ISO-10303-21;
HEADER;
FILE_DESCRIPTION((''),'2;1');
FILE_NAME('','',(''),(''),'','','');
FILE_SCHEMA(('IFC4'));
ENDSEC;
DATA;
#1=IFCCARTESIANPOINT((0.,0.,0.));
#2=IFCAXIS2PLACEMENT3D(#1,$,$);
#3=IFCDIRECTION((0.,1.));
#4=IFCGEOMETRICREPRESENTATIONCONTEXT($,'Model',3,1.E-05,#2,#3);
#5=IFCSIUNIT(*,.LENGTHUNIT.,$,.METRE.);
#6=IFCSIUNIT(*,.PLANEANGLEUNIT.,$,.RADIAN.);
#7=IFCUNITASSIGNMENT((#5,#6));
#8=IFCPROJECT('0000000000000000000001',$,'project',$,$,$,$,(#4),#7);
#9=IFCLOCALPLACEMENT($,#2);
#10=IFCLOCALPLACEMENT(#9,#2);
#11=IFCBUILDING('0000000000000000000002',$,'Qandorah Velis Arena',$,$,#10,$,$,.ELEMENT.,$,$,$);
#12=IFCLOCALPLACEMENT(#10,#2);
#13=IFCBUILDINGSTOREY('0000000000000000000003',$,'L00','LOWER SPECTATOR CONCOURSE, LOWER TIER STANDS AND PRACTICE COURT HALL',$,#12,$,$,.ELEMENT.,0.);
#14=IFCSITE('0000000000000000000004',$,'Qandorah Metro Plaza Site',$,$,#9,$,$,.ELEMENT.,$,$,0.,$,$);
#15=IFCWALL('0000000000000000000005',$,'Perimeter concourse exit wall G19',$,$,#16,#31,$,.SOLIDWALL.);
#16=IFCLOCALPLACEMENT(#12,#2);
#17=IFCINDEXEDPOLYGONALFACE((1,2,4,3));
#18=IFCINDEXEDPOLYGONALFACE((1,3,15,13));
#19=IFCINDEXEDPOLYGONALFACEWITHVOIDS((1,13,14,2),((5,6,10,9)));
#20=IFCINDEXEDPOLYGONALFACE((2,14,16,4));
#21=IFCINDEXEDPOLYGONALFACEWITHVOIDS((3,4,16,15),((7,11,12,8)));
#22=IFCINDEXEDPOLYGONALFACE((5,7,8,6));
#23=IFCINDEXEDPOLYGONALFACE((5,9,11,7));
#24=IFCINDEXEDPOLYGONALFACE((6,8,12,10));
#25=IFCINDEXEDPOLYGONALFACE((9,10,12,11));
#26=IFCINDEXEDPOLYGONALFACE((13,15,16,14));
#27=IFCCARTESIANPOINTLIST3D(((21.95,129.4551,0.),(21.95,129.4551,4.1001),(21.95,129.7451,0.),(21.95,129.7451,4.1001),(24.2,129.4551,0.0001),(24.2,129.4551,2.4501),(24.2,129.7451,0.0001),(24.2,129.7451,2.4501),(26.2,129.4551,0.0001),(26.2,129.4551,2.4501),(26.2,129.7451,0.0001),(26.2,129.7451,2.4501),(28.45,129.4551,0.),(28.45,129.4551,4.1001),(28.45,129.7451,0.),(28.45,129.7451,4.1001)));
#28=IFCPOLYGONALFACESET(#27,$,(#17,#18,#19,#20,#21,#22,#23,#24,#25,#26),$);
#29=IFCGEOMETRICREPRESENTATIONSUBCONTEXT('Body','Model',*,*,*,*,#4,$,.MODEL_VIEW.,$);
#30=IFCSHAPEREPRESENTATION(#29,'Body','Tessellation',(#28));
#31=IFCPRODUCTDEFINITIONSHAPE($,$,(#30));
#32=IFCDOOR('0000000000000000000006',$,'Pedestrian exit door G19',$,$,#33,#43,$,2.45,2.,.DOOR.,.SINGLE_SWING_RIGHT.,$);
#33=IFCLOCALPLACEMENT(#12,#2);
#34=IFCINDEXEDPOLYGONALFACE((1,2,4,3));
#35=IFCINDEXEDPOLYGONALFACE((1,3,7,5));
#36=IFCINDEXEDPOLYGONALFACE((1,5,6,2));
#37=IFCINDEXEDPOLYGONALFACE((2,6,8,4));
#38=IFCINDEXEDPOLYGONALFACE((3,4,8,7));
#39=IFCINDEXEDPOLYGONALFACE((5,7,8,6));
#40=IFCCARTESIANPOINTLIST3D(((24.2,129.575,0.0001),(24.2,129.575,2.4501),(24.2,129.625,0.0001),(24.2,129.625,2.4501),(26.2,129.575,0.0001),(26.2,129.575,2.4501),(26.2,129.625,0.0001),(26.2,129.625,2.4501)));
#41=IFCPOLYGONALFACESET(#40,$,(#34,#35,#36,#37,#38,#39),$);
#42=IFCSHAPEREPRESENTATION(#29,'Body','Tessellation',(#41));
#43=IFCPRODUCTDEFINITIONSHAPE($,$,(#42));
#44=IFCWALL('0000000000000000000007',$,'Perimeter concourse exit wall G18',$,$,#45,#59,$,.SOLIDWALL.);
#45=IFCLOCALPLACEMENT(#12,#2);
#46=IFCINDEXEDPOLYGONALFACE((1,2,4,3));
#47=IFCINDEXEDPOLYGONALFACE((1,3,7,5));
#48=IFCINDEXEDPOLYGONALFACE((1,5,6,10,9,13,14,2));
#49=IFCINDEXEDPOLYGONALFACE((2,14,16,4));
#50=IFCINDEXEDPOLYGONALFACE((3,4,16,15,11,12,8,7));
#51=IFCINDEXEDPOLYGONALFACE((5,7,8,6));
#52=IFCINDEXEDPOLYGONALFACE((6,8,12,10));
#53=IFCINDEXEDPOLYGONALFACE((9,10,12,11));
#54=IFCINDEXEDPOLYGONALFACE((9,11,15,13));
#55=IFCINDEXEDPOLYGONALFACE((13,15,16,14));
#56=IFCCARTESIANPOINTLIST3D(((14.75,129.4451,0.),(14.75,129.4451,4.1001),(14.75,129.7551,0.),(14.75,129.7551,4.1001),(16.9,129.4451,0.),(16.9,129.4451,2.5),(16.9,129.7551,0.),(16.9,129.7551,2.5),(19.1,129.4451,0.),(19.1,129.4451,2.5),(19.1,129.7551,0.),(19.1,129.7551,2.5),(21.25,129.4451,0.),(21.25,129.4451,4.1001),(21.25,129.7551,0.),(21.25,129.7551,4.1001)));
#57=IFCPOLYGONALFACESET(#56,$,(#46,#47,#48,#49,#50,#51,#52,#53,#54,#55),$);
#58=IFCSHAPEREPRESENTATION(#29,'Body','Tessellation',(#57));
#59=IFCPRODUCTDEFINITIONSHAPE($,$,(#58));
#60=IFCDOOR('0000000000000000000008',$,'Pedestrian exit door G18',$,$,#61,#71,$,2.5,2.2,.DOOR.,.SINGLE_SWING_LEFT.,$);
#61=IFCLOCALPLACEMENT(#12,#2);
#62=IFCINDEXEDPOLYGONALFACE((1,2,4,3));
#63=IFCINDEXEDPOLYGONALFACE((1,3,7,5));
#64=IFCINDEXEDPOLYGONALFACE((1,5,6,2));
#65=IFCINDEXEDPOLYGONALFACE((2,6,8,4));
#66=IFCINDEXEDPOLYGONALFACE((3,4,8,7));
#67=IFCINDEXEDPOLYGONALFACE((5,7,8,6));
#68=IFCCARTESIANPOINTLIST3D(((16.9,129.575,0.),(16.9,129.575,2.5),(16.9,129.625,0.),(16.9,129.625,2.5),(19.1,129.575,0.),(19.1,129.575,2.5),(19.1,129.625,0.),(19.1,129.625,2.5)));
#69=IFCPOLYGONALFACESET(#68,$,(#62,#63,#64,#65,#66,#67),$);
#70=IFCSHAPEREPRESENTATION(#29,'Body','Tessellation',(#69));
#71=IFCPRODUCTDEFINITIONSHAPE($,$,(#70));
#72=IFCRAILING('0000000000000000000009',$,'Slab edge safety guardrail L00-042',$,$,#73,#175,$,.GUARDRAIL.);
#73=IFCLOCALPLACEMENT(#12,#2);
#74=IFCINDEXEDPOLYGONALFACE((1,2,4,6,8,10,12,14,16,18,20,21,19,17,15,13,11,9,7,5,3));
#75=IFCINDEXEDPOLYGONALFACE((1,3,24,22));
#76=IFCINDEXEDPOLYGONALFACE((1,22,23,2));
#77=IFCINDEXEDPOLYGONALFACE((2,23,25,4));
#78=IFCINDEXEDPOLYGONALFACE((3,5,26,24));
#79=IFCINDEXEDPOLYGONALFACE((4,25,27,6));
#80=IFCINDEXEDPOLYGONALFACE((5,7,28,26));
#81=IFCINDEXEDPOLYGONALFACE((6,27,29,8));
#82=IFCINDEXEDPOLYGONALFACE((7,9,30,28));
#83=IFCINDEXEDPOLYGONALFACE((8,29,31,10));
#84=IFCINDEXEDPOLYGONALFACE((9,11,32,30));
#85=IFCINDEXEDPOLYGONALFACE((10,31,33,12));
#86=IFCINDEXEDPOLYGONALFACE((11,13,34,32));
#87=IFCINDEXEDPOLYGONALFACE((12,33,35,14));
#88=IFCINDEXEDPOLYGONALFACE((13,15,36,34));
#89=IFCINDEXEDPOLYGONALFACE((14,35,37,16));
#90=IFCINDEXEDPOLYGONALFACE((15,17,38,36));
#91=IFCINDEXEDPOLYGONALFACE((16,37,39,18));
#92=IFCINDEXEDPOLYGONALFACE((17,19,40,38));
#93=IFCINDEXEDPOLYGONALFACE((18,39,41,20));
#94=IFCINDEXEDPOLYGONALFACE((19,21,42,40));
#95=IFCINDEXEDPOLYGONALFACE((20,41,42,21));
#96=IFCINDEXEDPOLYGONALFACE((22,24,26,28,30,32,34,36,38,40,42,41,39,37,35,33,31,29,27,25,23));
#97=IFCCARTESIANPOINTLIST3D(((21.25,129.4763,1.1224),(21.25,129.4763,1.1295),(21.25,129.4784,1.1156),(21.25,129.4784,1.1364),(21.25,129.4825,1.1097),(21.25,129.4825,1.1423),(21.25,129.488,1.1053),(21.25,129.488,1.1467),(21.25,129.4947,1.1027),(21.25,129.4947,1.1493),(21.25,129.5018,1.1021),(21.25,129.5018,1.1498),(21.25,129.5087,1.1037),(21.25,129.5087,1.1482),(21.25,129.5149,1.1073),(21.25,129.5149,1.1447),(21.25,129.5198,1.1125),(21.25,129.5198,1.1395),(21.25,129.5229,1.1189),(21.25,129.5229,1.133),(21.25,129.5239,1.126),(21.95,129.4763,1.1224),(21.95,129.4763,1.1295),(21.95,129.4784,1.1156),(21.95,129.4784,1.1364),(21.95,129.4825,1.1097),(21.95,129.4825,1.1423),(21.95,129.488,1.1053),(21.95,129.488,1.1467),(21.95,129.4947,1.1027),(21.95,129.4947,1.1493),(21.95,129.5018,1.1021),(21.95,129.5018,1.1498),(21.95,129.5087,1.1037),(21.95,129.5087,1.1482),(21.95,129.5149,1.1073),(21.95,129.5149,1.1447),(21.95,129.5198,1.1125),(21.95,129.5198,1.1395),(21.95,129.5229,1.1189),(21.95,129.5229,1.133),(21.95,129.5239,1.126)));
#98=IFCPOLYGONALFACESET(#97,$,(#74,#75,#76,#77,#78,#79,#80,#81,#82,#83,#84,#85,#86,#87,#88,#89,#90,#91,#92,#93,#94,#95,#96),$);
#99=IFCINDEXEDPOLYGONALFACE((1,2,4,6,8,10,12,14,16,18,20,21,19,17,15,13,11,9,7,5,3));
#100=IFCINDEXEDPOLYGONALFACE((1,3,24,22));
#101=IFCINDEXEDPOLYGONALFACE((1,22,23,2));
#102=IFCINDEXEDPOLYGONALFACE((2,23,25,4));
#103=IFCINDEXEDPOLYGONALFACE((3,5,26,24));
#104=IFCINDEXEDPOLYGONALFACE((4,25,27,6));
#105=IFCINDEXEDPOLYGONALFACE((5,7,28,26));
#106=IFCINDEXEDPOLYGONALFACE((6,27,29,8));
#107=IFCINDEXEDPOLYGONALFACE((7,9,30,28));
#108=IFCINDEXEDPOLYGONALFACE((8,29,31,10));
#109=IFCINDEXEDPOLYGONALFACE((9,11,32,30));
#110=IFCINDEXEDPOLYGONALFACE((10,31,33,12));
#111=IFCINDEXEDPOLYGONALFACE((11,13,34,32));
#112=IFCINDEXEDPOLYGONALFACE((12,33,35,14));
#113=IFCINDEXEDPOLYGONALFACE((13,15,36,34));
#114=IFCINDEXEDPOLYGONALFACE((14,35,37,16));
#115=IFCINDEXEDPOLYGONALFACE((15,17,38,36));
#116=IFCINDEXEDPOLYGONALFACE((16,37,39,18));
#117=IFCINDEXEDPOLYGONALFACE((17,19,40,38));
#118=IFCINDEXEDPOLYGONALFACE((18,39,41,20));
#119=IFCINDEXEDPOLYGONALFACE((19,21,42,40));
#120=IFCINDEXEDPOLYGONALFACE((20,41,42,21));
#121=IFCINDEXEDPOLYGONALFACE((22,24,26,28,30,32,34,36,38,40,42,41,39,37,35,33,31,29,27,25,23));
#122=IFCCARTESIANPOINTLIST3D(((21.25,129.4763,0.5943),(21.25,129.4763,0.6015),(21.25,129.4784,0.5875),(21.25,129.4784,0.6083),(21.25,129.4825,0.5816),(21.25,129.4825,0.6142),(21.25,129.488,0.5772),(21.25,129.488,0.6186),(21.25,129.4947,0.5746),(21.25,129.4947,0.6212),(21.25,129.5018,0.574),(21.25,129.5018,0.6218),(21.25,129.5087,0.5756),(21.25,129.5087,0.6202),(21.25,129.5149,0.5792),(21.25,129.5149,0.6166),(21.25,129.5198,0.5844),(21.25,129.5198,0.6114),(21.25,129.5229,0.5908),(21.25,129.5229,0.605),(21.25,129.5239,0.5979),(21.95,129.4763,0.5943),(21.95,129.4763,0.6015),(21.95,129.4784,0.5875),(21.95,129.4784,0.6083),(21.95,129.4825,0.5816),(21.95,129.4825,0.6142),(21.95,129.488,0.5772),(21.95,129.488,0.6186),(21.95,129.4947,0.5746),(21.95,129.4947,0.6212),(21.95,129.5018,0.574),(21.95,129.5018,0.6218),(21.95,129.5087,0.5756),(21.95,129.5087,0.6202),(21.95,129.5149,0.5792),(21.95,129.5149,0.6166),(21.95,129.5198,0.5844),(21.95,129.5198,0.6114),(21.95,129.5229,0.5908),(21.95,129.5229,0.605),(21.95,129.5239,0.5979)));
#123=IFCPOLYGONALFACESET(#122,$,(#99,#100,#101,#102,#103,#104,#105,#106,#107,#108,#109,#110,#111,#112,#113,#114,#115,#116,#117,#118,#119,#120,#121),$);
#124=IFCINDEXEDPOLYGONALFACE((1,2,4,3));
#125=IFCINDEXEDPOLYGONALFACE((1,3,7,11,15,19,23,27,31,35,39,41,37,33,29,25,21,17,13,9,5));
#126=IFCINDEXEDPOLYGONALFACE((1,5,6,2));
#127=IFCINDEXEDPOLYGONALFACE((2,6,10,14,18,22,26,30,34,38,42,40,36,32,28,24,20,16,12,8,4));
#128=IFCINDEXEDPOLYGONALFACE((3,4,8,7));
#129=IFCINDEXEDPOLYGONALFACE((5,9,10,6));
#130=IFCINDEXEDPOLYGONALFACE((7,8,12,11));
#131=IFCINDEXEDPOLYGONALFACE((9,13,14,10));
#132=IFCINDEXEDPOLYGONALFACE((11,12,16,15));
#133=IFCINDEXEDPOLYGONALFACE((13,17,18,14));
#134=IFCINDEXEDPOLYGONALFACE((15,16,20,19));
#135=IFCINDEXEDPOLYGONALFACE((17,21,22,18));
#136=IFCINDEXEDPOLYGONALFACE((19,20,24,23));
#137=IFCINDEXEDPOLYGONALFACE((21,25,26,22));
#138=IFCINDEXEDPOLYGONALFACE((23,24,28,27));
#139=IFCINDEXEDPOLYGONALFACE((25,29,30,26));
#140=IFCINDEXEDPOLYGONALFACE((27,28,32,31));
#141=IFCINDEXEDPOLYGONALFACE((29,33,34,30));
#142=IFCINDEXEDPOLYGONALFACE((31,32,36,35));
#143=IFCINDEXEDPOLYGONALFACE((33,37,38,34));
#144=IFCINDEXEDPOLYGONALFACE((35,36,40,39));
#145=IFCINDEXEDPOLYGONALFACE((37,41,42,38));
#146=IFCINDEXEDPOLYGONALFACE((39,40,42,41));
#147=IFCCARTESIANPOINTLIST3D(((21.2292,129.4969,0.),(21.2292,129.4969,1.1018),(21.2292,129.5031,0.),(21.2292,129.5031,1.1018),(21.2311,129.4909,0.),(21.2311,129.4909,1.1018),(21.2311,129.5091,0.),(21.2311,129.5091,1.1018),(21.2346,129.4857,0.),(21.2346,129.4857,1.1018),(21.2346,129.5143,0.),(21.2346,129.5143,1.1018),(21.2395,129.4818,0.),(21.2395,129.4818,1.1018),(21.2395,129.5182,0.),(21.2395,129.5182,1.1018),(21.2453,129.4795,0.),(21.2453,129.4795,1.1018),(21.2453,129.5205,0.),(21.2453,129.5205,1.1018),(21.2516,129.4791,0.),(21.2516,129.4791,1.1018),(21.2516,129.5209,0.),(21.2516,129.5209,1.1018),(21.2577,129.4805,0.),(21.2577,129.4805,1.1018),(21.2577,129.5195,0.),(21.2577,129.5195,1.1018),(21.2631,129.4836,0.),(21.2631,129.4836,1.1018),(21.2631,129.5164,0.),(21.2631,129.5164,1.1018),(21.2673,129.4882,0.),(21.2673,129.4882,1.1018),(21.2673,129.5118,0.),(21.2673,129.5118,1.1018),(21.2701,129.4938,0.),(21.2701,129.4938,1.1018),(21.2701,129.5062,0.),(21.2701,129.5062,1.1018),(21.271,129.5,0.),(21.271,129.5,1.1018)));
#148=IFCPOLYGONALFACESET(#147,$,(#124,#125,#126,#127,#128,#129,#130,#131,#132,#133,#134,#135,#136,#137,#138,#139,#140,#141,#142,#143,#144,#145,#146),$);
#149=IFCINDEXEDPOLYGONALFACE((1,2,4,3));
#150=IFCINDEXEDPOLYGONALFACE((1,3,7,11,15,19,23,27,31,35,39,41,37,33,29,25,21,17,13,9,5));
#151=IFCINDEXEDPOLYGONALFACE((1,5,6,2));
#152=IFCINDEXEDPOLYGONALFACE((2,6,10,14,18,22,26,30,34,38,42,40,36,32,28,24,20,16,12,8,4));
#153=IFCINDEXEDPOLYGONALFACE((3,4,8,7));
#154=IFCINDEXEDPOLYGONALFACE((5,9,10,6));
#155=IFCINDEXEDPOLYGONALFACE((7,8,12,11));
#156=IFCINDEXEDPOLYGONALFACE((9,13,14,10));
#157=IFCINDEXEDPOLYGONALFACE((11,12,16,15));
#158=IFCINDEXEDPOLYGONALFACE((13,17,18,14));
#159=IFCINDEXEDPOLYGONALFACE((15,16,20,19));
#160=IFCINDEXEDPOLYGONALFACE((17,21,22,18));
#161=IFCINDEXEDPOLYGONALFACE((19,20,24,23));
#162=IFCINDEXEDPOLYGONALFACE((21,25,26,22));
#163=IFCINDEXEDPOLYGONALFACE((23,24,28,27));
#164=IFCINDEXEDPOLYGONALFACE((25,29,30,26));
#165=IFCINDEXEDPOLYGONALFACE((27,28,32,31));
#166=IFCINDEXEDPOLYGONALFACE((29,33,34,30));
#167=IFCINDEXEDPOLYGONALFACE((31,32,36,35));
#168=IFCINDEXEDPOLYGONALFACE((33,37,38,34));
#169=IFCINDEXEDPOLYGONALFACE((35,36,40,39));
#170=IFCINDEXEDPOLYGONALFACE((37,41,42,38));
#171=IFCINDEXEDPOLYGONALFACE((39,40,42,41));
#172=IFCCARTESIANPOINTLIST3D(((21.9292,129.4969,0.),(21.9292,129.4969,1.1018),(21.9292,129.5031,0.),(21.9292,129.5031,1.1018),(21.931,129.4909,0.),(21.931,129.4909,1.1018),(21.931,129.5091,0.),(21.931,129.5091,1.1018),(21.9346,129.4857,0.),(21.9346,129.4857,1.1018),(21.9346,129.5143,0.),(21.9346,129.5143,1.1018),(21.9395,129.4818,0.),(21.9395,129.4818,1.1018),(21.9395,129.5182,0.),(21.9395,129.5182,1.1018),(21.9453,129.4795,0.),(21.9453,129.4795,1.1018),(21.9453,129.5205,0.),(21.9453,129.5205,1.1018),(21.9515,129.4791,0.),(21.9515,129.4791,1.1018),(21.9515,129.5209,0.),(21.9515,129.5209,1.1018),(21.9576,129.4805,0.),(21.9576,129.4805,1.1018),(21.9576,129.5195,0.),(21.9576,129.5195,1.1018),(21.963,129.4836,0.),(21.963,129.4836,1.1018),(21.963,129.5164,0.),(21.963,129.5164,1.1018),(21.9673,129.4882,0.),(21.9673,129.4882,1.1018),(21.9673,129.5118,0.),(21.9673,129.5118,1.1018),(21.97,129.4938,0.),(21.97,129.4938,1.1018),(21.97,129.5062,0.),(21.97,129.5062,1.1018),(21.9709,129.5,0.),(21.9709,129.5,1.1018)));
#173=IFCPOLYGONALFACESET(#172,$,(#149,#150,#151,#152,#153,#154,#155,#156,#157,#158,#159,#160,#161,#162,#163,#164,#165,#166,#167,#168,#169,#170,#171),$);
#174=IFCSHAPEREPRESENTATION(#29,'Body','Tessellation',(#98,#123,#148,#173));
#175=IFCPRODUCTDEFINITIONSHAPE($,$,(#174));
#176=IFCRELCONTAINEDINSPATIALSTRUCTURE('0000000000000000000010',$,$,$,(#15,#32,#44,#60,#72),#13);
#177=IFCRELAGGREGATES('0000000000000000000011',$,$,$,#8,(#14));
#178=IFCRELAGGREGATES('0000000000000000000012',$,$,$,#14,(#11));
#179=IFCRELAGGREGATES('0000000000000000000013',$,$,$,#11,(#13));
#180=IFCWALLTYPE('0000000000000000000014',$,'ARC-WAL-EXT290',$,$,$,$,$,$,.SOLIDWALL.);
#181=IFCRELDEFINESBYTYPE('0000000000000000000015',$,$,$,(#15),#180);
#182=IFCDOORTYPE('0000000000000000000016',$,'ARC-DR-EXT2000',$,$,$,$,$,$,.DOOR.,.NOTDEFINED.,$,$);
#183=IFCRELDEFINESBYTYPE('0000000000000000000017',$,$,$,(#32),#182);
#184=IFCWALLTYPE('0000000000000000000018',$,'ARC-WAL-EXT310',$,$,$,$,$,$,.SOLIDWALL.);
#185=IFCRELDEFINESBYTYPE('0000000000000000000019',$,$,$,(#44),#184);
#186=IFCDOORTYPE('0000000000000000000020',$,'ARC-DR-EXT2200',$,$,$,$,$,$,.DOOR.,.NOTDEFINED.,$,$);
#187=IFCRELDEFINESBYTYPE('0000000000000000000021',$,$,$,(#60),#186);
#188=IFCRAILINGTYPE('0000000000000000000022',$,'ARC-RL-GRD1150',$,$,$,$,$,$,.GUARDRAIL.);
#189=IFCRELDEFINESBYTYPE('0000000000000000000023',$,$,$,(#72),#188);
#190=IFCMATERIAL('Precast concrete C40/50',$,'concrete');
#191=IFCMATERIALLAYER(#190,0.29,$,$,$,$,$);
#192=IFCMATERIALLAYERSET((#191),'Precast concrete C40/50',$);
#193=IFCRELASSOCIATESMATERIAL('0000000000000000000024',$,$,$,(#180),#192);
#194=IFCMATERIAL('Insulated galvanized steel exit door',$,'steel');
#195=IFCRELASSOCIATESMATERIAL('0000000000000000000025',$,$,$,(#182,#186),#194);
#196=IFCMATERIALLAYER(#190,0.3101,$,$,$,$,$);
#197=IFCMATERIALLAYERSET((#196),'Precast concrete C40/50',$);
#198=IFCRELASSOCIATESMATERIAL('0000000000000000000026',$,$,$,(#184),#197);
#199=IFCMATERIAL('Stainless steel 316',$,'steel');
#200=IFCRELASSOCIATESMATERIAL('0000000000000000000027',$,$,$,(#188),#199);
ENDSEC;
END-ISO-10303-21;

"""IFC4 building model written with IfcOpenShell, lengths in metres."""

from ifc_helpers import new_model, si_unit, direction, frame, frame_2d, origin, origin_2d, place, context, subcontext, project, spatial, rectangle, circle, extrude, material, layer, layer_set, type_object, element, fill, save


model = new_model("IFC4")

# Units and contexts
model_context = context("Model", 3, precision=1e-05, world=origin(), true_north=direction((0.0, 1.0)))
body_context = subcontext(model_context, "Body", "Model", "MODEL_VIEW")
ifc_project = project(units=[si_unit("LENGTHUNIT", "METRE"), si_unit("PLANEANGLEUNIT", "RADIAN")], contexts=[model_context])

# Site, building, storey
site_placement = place(None, origin())
site = spatial("IfcSite", under=ifc_project, at=site_placement, Name="Qandorah Metro Plaza Site", CompositionType="ELEMENT", RefElevation=0.0)
building_placement = place(site_placement, origin())
building = spatial("IfcBuilding", under=site, at=building_placement, Name="Qandorah Velis Arena", CompositionType="ELEMENT")
storey_placement = place(building_placement, origin())
storey = spatial("IfcBuildingStorey", under=building, at=storey_placement, Name="L00", Description="LOWER SPECTATOR CONCOURSE, LOWER TIER STANDS AND PRACTICE COURT HALL", CompositionType="ELEMENT", Elevation=0.0)

# Walls, openings, doors
ifc_material_1 = material(Name="Precast concrete C40/50", Category="concrete")
ifc_layer_1 = layer(ifc_material_1, 0.29)
ifc_layer_set_1 = layer_set([ifc_layer_1], Name="Precast concrete C40/50")
wall_type_1 = type_object("IfcWallType", Name="ARC-WAL-EXT290", PredefinedType="SOLIDWALL", material=ifc_layer_set_1)
wall_1_placement = place(storey_placement, frame((21.95, 129.6001, 0.0), z_axis=(0.0, 0.0, 1.0), x_axis=(1.0, 0.0, 0.0)))
wall_1 = element("IfcWall", 1, at=wall_1_placement, inside=storey, type_object=wall_type_1, Name="Perimeter concourse exit wall G19", PredefinedType="SOLIDWALL", context=body_context, shape_type="SweptSolid", body=[
    extrude(rectangle(XDim=6.5, YDim=0.29, at=frame_2d((3.25, 0.0))), origin(), (0.0, 0.0, 1.0), 4.1001),
])
opening_1_placement = place(wall_1_placement, frame((2.25, 0.0, 0.0)))
opening_1 = element("IfcOpeningElement", 2, at=opening_1_placement, cuts=wall_1, PredefinedType="OPENING", context=body_context, shape_type="SweptSolid", body=[
    extrude(rectangle(XDim=2.0, YDim=2.45, at=frame_2d((1.0, 1.2251))), frame((0.0, 0.155, 0.0), z_axis=(0.0, -1.0, 0.0), x_axis=(1.0, 0.0, 0.0)), (0.0, 0.0, 1.0), 0.3101),
])
ifc_material_2 = material(Name="Insulated galvanized steel exit door", Category="steel")
door_type_1 = type_object("IfcDoorType", Name="ARC-DR-EXT2000", OperationType="NOTDEFINED", PredefinedType="DOOR", material=ifc_material_2)
door_1_placement = place(opening_1_placement, origin())
door_1 = element("IfcDoor", 3, at=door_1_placement, inside=storey, type_object=door_type_1, Name="Pedestrian exit door G19", OperationType="SINGLE_SWING_RIGHT", OverallHeight=2.45, OverallWidth=2.0, PredefinedType="DOOR", context=body_context, shape_type="SweptSolid", body=[
    extrude(rectangle(XDim=2.0, YDim=2.45, at=frame_2d((1.0, 1.2251))), frame((0.0, 0.0249, 0.0), z_axis=(0.0, -1.0, 0.0), x_axis=(1.0, 0.0, 0.0)), (0.0, 0.0, 1.0), 0.05),
])
fill(opening_1, door_1)
ifc_layer_2 = layer(ifc_material_1, 0.3101)
ifc_layer_set_2 = layer_set([ifc_layer_2], Name="Precast concrete C40/50")
wall_type_2 = type_object("IfcWallType", Name="ARC-WAL-EXT310", PredefinedType="SOLIDWALL", material=ifc_layer_set_2)
wall_2_placement = place(storey_placement, frame((14.75, 129.6001, 0.0), z_axis=(0.0, 0.0, 1.0), x_axis=(1.0, 0.0, 0.0)))
wall_2 = element("IfcWall", 4, at=wall_2_placement, inside=storey, type_object=wall_type_2, Name="Perimeter concourse exit wall G18", PredefinedType="SOLIDWALL", context=body_context, shape_type="SweptSolid", body=[
    extrude(rectangle(XDim=6.5, YDim=0.3101, at=frame_2d((3.25, 0.0))), origin(), (0.0, 0.0, 1.0), 4.1001),
])
opening_2_placement = place(wall_2_placement, frame((2.1499, 0.0, 0.0)))
opening_2 = element("IfcOpeningElement", 5, at=opening_2_placement, cuts=wall_2, PredefinedType="OPENING", context=body_context, shape_type="SweptSolid", body=[
    extrude(rectangle(XDim=2.2, YDim=2.5, at=frame_2d((1.1001, 1.25))), frame((0.0, 0.165, 0.0), z_axis=(0.0, -1.0, 0.0), x_axis=(1.0, 0.0, 0.0)), (0.0, 0.0, 1.0), 0.3301),
])
door_type_2 = type_object("IfcDoorType", Name="ARC-DR-EXT2200", OperationType="NOTDEFINED", PredefinedType="DOOR", material=ifc_material_2)
door_2_placement = place(opening_2_placement, origin())
door_2 = element("IfcDoor", 6, at=door_2_placement, inside=storey, type_object=door_type_2, Name="Pedestrian exit door G18", OperationType="SINGLE_SWING_LEFT", OverallHeight=2.5, OverallWidth=2.2, PredefinedType="DOOR", context=body_context, shape_type="SweptSolid", body=[
    extrude(rectangle(XDim=2.2, YDim=2.5, at=frame_2d((1.1001, 1.25))), frame((0.0, 0.0249, 0.0), z_axis=(0.0, -1.0, 0.0), x_axis=(1.0, 0.0, 0.0)), (0.0, 0.0, 1.0), 0.05),
])
fill(opening_2, door_2)

# Railing
ifc_material_3 = material(Name="Stainless steel 316", Category="steel")
railing_type = type_object("IfcRailingType", Name="ARC-RL-GRD1150", PredefinedType="GUARDRAIL", material=ifc_material_3)
railing_placement = place(storey_placement, frame((21.25, 129.5, 0.0)))
element("IfcRailing", 7, at=railing_placement, inside=storey, type_object=railing_type, Name="Slab edge safety guardrail L00-042", PredefinedType="GUARDRAIL", context=body_context, shape_type="SweptSolid", body=[
    extrude(circle(Radius=0.0239, at=origin_2d()), frame((0.0, 0.0, 1.126), z_axis=(1.0, 0.0, 0.0), x_axis=(0.0, 1.0, 0.0)), (0.0, 0.0, 1.0), 0.7),
    extrude(circle(Radius=0.0239, at=origin_2d()), frame((0.0, 0.0, 0.5979), z_axis=(1.0, 0.0, 0.0), x_axis=(0.0, 1.0, 0.0)), (0.0, 0.0, 1.0), 0.7),
    extrude(circle(Radius=0.021, at=origin_2d()), origin(), (0.0, 0.0, 1.0), 1.1018),
    extrude(circle(Radius=0.021, at=origin_2d()), frame((0.7, 0.0, 0.0)), (0.0, 0.0, 1.0), 1.1018),
])

save(model, "model.ifc")
